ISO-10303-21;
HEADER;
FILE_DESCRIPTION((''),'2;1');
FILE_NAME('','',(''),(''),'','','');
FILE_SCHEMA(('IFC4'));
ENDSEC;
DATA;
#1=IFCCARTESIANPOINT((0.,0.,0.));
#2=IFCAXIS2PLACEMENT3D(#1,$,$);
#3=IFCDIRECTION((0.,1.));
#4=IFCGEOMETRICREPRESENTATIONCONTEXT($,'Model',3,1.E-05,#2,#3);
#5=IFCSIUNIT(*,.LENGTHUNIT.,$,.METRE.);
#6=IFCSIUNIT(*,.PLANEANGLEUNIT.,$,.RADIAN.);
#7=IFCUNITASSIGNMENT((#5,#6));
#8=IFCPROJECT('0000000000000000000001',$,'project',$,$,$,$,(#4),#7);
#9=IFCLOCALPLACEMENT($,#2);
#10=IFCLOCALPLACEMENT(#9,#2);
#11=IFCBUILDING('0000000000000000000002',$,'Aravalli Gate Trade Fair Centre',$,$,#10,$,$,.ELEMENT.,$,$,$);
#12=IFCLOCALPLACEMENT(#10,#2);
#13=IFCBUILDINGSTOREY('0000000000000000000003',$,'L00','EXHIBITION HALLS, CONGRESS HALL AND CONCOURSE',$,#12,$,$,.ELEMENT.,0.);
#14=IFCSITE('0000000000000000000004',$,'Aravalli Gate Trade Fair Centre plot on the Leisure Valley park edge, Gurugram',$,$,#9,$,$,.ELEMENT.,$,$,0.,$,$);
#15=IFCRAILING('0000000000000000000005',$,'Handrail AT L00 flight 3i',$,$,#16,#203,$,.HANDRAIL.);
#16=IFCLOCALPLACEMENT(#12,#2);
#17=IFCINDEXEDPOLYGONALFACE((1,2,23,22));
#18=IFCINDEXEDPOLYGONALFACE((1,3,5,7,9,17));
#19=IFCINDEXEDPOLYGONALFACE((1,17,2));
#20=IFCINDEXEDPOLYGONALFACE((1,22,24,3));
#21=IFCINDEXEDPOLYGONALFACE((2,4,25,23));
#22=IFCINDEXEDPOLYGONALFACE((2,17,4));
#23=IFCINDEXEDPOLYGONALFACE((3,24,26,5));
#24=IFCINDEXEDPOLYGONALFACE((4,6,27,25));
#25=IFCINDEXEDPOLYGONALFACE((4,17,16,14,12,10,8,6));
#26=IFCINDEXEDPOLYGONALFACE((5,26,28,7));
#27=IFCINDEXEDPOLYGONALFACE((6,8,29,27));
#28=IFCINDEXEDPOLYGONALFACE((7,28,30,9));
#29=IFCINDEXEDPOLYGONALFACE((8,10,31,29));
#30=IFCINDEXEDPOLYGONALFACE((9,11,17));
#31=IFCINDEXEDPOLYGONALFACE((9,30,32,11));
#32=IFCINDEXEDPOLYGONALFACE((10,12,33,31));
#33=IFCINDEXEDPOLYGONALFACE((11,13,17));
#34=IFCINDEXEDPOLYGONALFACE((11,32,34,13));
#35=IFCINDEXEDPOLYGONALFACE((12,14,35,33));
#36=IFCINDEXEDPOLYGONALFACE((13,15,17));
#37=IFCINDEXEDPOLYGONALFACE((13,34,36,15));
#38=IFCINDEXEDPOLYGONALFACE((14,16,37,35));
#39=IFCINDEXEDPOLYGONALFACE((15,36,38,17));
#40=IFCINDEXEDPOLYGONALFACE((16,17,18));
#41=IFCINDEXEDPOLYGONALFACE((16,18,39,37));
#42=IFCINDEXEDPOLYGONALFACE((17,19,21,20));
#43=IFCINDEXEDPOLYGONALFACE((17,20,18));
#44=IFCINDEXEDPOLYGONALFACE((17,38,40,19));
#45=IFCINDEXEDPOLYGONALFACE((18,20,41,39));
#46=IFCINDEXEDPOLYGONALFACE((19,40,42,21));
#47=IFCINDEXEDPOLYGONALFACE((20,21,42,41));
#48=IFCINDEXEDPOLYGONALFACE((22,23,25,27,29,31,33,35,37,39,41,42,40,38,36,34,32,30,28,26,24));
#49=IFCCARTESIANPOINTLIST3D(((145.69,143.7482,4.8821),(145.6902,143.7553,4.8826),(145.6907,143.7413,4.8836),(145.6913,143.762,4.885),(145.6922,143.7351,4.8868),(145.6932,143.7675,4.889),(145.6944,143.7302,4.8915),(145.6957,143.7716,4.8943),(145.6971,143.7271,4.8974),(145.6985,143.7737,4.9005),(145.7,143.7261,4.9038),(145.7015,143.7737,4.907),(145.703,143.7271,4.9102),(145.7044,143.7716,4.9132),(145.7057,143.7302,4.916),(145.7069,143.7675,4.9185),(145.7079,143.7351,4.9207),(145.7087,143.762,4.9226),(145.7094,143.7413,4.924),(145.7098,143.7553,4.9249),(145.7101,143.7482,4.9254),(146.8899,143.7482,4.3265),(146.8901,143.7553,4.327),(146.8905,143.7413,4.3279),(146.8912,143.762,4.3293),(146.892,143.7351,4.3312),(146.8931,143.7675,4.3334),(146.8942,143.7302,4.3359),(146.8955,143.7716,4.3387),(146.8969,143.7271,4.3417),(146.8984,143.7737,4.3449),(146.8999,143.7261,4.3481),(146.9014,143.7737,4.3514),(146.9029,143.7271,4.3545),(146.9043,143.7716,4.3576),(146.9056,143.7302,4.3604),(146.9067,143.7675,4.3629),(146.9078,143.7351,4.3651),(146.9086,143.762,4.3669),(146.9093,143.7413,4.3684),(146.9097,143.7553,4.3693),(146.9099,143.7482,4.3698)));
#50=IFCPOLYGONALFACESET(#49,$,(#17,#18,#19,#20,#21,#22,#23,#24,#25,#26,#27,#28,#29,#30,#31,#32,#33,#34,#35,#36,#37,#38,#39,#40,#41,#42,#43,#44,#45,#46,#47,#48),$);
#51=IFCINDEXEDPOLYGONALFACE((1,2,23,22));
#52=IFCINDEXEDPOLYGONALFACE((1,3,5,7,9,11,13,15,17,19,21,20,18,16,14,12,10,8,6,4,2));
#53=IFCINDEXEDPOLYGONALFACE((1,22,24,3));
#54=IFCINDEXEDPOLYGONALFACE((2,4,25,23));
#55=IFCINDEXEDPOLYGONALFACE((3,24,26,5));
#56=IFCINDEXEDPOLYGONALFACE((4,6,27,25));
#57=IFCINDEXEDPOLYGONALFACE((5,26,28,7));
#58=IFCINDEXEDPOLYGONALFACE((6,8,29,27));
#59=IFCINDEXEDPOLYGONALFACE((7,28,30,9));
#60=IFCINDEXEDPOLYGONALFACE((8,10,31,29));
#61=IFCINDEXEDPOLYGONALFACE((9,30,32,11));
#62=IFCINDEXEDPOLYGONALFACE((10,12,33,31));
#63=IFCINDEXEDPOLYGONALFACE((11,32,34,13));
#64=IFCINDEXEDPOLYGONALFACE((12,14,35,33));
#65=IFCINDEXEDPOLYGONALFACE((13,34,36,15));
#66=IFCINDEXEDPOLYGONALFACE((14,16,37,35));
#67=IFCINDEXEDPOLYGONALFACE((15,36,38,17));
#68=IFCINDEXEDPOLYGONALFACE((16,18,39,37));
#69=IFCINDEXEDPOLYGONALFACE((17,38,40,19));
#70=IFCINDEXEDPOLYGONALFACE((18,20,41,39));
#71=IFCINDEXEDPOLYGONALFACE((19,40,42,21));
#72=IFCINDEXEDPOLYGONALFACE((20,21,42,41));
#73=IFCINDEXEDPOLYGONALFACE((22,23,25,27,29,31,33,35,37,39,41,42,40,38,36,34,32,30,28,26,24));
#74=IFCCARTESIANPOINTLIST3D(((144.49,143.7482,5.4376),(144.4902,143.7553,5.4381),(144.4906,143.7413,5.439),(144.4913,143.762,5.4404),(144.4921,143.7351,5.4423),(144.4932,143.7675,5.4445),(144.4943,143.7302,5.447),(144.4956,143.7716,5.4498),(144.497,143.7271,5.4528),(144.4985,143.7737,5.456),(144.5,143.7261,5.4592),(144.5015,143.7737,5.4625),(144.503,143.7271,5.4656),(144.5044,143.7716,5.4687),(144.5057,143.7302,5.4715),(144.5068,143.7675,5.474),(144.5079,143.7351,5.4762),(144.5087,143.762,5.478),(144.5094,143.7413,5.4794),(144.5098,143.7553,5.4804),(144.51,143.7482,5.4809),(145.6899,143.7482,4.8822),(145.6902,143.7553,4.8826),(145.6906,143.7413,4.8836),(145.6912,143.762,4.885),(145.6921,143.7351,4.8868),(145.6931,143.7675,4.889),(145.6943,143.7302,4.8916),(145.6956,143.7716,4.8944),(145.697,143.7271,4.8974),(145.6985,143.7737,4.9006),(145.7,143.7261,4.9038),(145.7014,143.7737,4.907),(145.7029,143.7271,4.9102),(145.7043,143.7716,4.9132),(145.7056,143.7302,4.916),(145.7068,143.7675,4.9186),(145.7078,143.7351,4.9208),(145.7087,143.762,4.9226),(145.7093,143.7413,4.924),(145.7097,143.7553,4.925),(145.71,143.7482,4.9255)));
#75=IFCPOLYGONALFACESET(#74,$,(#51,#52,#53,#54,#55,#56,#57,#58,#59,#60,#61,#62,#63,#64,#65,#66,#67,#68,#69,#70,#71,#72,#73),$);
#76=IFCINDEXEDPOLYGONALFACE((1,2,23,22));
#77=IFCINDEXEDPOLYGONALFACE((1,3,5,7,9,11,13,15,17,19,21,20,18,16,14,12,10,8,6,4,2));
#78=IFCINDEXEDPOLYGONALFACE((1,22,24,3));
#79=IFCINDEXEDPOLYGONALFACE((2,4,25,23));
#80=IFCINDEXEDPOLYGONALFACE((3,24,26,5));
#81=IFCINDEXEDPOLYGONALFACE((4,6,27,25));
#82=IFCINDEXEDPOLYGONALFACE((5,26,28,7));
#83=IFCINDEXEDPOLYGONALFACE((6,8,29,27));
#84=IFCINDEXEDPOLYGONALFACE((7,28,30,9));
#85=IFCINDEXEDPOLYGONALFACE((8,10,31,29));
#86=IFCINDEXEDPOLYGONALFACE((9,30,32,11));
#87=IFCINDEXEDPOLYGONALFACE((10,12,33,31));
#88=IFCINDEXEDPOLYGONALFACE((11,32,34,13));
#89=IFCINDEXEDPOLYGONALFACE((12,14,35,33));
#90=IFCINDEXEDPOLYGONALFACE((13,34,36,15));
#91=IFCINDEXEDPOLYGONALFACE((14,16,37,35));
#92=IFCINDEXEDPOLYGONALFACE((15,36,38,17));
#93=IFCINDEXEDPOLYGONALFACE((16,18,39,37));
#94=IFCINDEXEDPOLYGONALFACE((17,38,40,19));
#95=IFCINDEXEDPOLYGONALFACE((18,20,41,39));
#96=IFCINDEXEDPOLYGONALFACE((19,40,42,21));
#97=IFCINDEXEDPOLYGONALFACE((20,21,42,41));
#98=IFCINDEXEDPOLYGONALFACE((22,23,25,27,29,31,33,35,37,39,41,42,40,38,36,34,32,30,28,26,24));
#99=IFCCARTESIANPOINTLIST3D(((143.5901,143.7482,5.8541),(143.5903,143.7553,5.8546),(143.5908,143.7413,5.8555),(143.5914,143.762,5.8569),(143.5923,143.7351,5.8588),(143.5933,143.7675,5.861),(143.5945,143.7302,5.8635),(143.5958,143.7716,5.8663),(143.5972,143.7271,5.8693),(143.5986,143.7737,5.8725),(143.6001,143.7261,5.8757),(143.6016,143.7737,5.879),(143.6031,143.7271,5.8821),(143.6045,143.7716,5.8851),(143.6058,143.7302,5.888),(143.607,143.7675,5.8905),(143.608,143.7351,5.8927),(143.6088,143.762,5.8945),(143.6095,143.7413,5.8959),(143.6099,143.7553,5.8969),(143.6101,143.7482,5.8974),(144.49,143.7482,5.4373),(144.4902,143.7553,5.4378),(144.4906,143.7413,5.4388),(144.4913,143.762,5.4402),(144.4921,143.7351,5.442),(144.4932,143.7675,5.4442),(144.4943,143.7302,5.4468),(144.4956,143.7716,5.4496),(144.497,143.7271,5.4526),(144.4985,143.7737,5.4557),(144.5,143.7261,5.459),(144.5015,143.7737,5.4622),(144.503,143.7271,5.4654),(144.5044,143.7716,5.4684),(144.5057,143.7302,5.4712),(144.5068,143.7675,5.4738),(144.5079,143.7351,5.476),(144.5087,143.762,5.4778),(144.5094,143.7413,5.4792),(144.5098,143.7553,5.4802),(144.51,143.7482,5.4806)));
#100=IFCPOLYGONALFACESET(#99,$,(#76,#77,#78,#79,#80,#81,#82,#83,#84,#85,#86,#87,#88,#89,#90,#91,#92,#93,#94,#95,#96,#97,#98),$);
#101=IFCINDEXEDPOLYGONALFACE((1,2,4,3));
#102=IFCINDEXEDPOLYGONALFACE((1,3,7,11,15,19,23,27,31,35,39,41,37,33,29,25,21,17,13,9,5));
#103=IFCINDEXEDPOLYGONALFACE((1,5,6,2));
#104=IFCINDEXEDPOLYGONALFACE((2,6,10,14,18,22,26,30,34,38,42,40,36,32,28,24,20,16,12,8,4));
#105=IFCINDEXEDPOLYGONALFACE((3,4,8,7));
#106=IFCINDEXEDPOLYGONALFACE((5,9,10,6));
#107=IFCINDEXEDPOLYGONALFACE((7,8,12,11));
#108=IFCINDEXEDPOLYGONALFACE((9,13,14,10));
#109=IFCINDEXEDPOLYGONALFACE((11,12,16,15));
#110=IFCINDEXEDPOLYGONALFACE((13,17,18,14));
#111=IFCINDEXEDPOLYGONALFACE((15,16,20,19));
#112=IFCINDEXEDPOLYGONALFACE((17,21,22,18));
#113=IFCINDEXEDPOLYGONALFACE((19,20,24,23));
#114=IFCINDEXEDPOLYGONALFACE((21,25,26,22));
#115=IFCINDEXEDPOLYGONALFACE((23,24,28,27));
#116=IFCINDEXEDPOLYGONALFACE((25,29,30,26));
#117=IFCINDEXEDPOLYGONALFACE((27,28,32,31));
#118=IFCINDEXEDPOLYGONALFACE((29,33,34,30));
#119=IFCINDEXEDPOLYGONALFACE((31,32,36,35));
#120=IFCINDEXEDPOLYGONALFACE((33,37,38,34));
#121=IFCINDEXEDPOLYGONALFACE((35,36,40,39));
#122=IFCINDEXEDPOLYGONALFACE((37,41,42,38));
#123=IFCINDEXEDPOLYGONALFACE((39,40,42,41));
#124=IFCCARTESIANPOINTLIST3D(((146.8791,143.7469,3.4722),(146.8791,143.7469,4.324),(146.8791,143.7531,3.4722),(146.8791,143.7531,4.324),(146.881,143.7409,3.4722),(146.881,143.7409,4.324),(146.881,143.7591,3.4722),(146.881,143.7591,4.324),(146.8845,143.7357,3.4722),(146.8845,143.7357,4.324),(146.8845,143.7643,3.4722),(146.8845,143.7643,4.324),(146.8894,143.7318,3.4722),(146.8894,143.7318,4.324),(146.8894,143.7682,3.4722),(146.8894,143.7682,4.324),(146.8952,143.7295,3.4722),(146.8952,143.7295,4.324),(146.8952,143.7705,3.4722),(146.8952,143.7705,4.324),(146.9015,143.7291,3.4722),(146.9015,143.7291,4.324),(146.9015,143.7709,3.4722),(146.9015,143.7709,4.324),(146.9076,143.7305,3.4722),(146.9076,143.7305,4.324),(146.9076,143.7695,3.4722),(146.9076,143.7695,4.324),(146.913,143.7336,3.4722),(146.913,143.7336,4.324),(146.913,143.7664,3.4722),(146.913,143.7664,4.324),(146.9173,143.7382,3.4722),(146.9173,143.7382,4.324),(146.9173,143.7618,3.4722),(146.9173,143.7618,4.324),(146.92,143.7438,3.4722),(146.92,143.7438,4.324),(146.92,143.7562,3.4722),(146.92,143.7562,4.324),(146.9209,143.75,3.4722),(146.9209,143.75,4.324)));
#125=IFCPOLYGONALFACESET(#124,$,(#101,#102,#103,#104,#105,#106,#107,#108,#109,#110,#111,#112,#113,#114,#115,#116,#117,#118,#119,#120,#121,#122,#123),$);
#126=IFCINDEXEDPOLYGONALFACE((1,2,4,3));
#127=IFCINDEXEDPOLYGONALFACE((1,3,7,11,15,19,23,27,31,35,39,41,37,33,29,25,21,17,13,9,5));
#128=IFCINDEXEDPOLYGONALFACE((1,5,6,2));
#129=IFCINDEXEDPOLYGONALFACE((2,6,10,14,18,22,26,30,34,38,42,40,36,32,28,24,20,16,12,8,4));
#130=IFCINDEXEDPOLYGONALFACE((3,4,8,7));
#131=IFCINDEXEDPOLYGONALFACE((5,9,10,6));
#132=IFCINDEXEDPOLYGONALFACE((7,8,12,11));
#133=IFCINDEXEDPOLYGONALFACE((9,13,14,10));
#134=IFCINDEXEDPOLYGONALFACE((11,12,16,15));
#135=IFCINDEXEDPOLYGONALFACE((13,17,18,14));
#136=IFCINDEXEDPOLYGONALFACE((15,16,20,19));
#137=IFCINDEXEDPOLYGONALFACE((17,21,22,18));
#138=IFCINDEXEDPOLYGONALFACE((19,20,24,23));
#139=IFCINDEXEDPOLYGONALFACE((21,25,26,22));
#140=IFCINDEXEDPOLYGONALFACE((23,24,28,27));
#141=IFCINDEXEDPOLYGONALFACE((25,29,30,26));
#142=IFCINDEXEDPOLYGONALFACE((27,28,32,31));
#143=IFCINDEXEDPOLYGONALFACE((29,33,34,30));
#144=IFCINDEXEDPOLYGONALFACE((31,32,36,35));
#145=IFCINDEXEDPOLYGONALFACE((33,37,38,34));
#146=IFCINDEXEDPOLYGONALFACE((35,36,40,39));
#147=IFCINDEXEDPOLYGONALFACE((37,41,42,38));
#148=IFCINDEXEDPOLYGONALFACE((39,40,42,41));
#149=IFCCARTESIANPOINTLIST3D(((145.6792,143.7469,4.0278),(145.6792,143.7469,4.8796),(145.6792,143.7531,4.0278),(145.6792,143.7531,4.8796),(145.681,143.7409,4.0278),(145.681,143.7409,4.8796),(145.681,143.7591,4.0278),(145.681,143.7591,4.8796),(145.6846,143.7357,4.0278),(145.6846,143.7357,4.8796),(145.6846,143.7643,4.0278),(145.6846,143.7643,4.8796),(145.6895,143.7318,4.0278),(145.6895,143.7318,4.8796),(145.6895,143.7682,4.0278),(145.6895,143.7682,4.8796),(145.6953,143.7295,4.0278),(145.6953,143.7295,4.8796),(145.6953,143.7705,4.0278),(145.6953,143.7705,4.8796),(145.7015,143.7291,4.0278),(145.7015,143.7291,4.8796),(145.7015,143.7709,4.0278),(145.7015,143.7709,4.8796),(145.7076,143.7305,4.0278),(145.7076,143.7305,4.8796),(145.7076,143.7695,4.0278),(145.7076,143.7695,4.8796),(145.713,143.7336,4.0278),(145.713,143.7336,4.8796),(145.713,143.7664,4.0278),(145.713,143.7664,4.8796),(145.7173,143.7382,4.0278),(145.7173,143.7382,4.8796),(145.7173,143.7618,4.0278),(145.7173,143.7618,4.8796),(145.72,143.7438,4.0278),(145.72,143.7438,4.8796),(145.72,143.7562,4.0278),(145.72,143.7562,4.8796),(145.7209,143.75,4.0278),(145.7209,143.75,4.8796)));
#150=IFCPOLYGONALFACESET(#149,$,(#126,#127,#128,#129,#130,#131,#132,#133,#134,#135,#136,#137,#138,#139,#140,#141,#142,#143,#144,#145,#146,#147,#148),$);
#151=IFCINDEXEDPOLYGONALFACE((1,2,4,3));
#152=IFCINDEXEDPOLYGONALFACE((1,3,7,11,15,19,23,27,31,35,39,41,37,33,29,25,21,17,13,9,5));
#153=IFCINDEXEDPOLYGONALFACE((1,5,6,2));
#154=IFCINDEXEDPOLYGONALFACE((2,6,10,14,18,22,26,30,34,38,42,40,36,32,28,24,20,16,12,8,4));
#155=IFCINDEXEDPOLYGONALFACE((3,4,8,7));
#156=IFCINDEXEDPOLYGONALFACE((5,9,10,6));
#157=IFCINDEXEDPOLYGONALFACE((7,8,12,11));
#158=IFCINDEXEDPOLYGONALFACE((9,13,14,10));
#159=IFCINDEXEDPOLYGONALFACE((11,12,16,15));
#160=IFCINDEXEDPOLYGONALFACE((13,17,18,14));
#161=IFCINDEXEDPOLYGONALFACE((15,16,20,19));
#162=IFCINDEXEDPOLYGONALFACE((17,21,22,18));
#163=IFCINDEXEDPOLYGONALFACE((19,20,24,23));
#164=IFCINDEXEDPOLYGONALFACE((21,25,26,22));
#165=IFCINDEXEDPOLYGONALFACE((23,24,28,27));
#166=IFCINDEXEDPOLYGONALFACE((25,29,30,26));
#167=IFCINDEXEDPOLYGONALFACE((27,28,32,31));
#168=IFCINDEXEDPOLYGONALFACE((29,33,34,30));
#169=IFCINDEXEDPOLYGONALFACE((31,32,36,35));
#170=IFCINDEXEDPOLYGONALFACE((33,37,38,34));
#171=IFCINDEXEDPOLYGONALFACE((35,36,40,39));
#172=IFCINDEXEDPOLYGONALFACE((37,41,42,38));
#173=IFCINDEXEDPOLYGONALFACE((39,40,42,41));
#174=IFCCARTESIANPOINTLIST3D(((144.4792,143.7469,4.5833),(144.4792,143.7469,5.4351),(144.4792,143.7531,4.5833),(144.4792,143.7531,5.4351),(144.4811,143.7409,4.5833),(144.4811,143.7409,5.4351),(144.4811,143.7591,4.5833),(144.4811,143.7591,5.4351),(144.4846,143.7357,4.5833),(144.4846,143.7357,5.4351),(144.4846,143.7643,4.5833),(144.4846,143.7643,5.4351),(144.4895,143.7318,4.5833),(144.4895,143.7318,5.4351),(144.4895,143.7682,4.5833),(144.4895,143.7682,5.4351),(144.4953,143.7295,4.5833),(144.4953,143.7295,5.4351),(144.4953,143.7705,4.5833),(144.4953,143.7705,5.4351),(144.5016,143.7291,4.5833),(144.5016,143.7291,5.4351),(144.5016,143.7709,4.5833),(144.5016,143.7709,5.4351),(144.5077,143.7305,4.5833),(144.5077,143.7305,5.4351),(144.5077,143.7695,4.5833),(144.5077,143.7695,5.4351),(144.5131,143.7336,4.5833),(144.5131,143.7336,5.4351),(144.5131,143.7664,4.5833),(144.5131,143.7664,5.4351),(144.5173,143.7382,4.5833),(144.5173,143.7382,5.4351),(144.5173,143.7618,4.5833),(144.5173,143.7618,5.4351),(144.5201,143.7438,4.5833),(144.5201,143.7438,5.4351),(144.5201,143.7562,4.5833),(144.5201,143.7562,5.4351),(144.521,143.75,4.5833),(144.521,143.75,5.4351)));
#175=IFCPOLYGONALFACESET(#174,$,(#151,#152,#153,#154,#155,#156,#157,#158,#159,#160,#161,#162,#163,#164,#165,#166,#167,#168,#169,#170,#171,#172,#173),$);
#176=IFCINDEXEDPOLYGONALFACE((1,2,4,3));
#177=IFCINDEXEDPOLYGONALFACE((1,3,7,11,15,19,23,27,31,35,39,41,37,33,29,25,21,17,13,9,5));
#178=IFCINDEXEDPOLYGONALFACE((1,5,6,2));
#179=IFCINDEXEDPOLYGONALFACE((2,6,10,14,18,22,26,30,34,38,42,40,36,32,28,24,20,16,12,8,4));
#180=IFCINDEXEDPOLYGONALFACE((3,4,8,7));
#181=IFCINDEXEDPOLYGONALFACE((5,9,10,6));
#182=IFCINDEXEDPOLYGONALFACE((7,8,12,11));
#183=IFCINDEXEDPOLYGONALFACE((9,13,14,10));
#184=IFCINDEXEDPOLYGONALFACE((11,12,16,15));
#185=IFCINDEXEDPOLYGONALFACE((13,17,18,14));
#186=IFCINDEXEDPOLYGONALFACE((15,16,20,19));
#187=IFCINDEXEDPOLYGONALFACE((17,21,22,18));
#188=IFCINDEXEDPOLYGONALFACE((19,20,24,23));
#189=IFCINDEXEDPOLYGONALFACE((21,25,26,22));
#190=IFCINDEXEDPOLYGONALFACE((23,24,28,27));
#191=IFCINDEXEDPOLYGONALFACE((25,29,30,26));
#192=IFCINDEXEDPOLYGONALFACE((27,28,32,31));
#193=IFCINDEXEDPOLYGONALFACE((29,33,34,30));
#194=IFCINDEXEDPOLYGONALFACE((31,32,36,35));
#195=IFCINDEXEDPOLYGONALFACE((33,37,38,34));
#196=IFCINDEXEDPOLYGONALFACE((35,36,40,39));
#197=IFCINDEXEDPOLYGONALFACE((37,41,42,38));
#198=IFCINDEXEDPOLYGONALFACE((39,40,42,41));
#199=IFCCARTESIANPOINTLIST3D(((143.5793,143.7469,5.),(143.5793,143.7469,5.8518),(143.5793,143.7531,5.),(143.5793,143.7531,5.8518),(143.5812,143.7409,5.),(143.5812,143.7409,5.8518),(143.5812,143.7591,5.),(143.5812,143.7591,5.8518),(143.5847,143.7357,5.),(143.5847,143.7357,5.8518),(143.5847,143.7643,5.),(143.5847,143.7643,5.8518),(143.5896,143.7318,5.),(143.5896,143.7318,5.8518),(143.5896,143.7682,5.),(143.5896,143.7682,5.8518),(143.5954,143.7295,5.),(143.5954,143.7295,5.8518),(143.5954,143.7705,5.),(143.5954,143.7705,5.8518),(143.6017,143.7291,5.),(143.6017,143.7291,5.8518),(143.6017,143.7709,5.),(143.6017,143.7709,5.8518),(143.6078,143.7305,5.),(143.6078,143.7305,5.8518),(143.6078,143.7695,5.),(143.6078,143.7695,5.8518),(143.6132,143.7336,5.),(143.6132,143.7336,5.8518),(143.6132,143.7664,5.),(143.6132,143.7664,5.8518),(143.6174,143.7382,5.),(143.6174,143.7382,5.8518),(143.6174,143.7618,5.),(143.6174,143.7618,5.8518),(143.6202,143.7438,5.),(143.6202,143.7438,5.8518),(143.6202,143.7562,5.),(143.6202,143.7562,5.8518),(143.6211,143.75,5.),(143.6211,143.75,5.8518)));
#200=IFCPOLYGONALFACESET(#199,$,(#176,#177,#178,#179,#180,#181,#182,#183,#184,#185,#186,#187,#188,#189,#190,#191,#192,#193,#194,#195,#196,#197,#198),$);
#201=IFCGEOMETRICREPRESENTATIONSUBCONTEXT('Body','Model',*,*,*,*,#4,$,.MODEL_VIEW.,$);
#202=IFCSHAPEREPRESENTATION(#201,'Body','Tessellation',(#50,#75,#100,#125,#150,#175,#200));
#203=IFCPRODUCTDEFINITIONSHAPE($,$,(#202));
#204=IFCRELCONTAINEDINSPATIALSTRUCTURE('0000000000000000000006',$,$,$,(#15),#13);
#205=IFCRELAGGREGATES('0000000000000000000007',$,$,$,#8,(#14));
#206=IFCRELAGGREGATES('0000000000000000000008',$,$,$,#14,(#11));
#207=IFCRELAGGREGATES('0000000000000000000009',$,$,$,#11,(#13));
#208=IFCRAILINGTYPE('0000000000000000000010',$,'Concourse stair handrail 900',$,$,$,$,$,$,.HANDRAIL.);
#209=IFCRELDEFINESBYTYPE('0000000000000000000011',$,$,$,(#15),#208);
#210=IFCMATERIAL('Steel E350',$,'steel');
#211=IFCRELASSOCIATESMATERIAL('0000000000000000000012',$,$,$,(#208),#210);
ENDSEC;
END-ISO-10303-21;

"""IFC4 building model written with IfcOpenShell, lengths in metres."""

from ifc_helpers import new_model, si_unit, direction, frame, origin, origin_2d, place, context, subcontext, project, spatial, circle, extrude, material, type_object, element, save


model = new_model("IFC4")

# Units and contexts
model_context = context("Model", 3, precision=1e-05, world=origin(), true_north=direction((0.0, 1.0)))
body_context = subcontext(model_context, "Body", "Model", "MODEL_VIEW")
ifc_project = project(units=[si_unit("LENGTHUNIT", "METRE"), si_unit("PLANEANGLEUNIT", "RADIAN")], contexts=[model_context])

# Site, building, storey
site_placement = place(None, origin())
site = spatial("IfcSite", under=ifc_project, at=site_placement, Name="Aravalli Gate Trade Fair Centre plot on the Leisure Valley park edge, Gurugram", CompositionType="ELEMENT", RefElevation=0.0)
building_placement = place(site_placement, origin())
building = spatial("IfcBuilding", under=site, at=building_placement, Name="Aravalli Gate Trade Fair Centre", CompositionType="ELEMENT")
storey_placement = place(building_placement, origin())
storey = spatial("IfcBuildingStorey", under=building, at=storey_placement, Name="L00", Description="EXHIBITION HALLS, CONGRESS HALL AND CONCOURSE", CompositionType="ELEMENT", Elevation=0.0)

# Shared definitions
ifc_material_1 = material(Name="Steel E350", Category="steel")

# Railing
railing_type_1 = type_object("IfcRailingType", Name="Concourse stair handrail 900", PredefinedType="HANDRAIL", material=ifc_material_1)
for number, where, name in (
    (1, (146.8999, 143.75, 3.4722), "Handrail AT L00 flight 3i"),
):
    element("IfcRailing", number, at=place(storey_placement, frame(where)), inside=storey, type_object=railing_type_1, Name=name, PredefinedType="HANDRAIL", context=body_context, shape_type="SweptSolid", body=[
        extrude(circle(Radius=0.0239, at=origin_2d()), frame((0.0, 0.0, 0.876), z_axis=(-0.907429, 0.0, 0.420205), x_axis=(0.0, -1.0, 0.0)), (0.0, 0.0, 1.0), 1.3223),
        extrude(circle(Radius=0.0239, at=origin_2d()), frame((-1.2, 0.0, 1.4316), z_axis=(-0.907499, 0.0, 0.420053), x_axis=(0.0, -1.0, 0.0)), (0.0, 0.0, 1.0), 1.3223),
        extrude(circle(Radius=0.0239, at=origin_2d()), frame((-2.3999, 0.0, 1.9868), z_axis=(-0.907418, 0.0, 0.420229), x_axis=(0.0, -1.0, 0.0)), (0.0, 0.0, 1.0), 0.9917),
        extrude(circle(Radius=0.021, at=origin_2d()), origin(), (0.0, 0.0, 1.0), 0.8518),
        extrude(circle(Radius=0.021, at=origin_2d()), frame((-1.2, 0.0, 0.5557)), (0.0, 0.0, 1.0), 0.8518),
        extrude(circle(Radius=0.021, at=origin_2d()), frame((-2.3999, 0.0, 1.1111)), (0.0, 0.0, 1.0), 0.8518),
        extrude(circle(Radius=0.021, at=origin_2d()), frame((-3.2998, 0.0, 1.5278)), (0.0, 0.0, 1.0), 0.8518),
    ])

save(model, "model.ifc")
